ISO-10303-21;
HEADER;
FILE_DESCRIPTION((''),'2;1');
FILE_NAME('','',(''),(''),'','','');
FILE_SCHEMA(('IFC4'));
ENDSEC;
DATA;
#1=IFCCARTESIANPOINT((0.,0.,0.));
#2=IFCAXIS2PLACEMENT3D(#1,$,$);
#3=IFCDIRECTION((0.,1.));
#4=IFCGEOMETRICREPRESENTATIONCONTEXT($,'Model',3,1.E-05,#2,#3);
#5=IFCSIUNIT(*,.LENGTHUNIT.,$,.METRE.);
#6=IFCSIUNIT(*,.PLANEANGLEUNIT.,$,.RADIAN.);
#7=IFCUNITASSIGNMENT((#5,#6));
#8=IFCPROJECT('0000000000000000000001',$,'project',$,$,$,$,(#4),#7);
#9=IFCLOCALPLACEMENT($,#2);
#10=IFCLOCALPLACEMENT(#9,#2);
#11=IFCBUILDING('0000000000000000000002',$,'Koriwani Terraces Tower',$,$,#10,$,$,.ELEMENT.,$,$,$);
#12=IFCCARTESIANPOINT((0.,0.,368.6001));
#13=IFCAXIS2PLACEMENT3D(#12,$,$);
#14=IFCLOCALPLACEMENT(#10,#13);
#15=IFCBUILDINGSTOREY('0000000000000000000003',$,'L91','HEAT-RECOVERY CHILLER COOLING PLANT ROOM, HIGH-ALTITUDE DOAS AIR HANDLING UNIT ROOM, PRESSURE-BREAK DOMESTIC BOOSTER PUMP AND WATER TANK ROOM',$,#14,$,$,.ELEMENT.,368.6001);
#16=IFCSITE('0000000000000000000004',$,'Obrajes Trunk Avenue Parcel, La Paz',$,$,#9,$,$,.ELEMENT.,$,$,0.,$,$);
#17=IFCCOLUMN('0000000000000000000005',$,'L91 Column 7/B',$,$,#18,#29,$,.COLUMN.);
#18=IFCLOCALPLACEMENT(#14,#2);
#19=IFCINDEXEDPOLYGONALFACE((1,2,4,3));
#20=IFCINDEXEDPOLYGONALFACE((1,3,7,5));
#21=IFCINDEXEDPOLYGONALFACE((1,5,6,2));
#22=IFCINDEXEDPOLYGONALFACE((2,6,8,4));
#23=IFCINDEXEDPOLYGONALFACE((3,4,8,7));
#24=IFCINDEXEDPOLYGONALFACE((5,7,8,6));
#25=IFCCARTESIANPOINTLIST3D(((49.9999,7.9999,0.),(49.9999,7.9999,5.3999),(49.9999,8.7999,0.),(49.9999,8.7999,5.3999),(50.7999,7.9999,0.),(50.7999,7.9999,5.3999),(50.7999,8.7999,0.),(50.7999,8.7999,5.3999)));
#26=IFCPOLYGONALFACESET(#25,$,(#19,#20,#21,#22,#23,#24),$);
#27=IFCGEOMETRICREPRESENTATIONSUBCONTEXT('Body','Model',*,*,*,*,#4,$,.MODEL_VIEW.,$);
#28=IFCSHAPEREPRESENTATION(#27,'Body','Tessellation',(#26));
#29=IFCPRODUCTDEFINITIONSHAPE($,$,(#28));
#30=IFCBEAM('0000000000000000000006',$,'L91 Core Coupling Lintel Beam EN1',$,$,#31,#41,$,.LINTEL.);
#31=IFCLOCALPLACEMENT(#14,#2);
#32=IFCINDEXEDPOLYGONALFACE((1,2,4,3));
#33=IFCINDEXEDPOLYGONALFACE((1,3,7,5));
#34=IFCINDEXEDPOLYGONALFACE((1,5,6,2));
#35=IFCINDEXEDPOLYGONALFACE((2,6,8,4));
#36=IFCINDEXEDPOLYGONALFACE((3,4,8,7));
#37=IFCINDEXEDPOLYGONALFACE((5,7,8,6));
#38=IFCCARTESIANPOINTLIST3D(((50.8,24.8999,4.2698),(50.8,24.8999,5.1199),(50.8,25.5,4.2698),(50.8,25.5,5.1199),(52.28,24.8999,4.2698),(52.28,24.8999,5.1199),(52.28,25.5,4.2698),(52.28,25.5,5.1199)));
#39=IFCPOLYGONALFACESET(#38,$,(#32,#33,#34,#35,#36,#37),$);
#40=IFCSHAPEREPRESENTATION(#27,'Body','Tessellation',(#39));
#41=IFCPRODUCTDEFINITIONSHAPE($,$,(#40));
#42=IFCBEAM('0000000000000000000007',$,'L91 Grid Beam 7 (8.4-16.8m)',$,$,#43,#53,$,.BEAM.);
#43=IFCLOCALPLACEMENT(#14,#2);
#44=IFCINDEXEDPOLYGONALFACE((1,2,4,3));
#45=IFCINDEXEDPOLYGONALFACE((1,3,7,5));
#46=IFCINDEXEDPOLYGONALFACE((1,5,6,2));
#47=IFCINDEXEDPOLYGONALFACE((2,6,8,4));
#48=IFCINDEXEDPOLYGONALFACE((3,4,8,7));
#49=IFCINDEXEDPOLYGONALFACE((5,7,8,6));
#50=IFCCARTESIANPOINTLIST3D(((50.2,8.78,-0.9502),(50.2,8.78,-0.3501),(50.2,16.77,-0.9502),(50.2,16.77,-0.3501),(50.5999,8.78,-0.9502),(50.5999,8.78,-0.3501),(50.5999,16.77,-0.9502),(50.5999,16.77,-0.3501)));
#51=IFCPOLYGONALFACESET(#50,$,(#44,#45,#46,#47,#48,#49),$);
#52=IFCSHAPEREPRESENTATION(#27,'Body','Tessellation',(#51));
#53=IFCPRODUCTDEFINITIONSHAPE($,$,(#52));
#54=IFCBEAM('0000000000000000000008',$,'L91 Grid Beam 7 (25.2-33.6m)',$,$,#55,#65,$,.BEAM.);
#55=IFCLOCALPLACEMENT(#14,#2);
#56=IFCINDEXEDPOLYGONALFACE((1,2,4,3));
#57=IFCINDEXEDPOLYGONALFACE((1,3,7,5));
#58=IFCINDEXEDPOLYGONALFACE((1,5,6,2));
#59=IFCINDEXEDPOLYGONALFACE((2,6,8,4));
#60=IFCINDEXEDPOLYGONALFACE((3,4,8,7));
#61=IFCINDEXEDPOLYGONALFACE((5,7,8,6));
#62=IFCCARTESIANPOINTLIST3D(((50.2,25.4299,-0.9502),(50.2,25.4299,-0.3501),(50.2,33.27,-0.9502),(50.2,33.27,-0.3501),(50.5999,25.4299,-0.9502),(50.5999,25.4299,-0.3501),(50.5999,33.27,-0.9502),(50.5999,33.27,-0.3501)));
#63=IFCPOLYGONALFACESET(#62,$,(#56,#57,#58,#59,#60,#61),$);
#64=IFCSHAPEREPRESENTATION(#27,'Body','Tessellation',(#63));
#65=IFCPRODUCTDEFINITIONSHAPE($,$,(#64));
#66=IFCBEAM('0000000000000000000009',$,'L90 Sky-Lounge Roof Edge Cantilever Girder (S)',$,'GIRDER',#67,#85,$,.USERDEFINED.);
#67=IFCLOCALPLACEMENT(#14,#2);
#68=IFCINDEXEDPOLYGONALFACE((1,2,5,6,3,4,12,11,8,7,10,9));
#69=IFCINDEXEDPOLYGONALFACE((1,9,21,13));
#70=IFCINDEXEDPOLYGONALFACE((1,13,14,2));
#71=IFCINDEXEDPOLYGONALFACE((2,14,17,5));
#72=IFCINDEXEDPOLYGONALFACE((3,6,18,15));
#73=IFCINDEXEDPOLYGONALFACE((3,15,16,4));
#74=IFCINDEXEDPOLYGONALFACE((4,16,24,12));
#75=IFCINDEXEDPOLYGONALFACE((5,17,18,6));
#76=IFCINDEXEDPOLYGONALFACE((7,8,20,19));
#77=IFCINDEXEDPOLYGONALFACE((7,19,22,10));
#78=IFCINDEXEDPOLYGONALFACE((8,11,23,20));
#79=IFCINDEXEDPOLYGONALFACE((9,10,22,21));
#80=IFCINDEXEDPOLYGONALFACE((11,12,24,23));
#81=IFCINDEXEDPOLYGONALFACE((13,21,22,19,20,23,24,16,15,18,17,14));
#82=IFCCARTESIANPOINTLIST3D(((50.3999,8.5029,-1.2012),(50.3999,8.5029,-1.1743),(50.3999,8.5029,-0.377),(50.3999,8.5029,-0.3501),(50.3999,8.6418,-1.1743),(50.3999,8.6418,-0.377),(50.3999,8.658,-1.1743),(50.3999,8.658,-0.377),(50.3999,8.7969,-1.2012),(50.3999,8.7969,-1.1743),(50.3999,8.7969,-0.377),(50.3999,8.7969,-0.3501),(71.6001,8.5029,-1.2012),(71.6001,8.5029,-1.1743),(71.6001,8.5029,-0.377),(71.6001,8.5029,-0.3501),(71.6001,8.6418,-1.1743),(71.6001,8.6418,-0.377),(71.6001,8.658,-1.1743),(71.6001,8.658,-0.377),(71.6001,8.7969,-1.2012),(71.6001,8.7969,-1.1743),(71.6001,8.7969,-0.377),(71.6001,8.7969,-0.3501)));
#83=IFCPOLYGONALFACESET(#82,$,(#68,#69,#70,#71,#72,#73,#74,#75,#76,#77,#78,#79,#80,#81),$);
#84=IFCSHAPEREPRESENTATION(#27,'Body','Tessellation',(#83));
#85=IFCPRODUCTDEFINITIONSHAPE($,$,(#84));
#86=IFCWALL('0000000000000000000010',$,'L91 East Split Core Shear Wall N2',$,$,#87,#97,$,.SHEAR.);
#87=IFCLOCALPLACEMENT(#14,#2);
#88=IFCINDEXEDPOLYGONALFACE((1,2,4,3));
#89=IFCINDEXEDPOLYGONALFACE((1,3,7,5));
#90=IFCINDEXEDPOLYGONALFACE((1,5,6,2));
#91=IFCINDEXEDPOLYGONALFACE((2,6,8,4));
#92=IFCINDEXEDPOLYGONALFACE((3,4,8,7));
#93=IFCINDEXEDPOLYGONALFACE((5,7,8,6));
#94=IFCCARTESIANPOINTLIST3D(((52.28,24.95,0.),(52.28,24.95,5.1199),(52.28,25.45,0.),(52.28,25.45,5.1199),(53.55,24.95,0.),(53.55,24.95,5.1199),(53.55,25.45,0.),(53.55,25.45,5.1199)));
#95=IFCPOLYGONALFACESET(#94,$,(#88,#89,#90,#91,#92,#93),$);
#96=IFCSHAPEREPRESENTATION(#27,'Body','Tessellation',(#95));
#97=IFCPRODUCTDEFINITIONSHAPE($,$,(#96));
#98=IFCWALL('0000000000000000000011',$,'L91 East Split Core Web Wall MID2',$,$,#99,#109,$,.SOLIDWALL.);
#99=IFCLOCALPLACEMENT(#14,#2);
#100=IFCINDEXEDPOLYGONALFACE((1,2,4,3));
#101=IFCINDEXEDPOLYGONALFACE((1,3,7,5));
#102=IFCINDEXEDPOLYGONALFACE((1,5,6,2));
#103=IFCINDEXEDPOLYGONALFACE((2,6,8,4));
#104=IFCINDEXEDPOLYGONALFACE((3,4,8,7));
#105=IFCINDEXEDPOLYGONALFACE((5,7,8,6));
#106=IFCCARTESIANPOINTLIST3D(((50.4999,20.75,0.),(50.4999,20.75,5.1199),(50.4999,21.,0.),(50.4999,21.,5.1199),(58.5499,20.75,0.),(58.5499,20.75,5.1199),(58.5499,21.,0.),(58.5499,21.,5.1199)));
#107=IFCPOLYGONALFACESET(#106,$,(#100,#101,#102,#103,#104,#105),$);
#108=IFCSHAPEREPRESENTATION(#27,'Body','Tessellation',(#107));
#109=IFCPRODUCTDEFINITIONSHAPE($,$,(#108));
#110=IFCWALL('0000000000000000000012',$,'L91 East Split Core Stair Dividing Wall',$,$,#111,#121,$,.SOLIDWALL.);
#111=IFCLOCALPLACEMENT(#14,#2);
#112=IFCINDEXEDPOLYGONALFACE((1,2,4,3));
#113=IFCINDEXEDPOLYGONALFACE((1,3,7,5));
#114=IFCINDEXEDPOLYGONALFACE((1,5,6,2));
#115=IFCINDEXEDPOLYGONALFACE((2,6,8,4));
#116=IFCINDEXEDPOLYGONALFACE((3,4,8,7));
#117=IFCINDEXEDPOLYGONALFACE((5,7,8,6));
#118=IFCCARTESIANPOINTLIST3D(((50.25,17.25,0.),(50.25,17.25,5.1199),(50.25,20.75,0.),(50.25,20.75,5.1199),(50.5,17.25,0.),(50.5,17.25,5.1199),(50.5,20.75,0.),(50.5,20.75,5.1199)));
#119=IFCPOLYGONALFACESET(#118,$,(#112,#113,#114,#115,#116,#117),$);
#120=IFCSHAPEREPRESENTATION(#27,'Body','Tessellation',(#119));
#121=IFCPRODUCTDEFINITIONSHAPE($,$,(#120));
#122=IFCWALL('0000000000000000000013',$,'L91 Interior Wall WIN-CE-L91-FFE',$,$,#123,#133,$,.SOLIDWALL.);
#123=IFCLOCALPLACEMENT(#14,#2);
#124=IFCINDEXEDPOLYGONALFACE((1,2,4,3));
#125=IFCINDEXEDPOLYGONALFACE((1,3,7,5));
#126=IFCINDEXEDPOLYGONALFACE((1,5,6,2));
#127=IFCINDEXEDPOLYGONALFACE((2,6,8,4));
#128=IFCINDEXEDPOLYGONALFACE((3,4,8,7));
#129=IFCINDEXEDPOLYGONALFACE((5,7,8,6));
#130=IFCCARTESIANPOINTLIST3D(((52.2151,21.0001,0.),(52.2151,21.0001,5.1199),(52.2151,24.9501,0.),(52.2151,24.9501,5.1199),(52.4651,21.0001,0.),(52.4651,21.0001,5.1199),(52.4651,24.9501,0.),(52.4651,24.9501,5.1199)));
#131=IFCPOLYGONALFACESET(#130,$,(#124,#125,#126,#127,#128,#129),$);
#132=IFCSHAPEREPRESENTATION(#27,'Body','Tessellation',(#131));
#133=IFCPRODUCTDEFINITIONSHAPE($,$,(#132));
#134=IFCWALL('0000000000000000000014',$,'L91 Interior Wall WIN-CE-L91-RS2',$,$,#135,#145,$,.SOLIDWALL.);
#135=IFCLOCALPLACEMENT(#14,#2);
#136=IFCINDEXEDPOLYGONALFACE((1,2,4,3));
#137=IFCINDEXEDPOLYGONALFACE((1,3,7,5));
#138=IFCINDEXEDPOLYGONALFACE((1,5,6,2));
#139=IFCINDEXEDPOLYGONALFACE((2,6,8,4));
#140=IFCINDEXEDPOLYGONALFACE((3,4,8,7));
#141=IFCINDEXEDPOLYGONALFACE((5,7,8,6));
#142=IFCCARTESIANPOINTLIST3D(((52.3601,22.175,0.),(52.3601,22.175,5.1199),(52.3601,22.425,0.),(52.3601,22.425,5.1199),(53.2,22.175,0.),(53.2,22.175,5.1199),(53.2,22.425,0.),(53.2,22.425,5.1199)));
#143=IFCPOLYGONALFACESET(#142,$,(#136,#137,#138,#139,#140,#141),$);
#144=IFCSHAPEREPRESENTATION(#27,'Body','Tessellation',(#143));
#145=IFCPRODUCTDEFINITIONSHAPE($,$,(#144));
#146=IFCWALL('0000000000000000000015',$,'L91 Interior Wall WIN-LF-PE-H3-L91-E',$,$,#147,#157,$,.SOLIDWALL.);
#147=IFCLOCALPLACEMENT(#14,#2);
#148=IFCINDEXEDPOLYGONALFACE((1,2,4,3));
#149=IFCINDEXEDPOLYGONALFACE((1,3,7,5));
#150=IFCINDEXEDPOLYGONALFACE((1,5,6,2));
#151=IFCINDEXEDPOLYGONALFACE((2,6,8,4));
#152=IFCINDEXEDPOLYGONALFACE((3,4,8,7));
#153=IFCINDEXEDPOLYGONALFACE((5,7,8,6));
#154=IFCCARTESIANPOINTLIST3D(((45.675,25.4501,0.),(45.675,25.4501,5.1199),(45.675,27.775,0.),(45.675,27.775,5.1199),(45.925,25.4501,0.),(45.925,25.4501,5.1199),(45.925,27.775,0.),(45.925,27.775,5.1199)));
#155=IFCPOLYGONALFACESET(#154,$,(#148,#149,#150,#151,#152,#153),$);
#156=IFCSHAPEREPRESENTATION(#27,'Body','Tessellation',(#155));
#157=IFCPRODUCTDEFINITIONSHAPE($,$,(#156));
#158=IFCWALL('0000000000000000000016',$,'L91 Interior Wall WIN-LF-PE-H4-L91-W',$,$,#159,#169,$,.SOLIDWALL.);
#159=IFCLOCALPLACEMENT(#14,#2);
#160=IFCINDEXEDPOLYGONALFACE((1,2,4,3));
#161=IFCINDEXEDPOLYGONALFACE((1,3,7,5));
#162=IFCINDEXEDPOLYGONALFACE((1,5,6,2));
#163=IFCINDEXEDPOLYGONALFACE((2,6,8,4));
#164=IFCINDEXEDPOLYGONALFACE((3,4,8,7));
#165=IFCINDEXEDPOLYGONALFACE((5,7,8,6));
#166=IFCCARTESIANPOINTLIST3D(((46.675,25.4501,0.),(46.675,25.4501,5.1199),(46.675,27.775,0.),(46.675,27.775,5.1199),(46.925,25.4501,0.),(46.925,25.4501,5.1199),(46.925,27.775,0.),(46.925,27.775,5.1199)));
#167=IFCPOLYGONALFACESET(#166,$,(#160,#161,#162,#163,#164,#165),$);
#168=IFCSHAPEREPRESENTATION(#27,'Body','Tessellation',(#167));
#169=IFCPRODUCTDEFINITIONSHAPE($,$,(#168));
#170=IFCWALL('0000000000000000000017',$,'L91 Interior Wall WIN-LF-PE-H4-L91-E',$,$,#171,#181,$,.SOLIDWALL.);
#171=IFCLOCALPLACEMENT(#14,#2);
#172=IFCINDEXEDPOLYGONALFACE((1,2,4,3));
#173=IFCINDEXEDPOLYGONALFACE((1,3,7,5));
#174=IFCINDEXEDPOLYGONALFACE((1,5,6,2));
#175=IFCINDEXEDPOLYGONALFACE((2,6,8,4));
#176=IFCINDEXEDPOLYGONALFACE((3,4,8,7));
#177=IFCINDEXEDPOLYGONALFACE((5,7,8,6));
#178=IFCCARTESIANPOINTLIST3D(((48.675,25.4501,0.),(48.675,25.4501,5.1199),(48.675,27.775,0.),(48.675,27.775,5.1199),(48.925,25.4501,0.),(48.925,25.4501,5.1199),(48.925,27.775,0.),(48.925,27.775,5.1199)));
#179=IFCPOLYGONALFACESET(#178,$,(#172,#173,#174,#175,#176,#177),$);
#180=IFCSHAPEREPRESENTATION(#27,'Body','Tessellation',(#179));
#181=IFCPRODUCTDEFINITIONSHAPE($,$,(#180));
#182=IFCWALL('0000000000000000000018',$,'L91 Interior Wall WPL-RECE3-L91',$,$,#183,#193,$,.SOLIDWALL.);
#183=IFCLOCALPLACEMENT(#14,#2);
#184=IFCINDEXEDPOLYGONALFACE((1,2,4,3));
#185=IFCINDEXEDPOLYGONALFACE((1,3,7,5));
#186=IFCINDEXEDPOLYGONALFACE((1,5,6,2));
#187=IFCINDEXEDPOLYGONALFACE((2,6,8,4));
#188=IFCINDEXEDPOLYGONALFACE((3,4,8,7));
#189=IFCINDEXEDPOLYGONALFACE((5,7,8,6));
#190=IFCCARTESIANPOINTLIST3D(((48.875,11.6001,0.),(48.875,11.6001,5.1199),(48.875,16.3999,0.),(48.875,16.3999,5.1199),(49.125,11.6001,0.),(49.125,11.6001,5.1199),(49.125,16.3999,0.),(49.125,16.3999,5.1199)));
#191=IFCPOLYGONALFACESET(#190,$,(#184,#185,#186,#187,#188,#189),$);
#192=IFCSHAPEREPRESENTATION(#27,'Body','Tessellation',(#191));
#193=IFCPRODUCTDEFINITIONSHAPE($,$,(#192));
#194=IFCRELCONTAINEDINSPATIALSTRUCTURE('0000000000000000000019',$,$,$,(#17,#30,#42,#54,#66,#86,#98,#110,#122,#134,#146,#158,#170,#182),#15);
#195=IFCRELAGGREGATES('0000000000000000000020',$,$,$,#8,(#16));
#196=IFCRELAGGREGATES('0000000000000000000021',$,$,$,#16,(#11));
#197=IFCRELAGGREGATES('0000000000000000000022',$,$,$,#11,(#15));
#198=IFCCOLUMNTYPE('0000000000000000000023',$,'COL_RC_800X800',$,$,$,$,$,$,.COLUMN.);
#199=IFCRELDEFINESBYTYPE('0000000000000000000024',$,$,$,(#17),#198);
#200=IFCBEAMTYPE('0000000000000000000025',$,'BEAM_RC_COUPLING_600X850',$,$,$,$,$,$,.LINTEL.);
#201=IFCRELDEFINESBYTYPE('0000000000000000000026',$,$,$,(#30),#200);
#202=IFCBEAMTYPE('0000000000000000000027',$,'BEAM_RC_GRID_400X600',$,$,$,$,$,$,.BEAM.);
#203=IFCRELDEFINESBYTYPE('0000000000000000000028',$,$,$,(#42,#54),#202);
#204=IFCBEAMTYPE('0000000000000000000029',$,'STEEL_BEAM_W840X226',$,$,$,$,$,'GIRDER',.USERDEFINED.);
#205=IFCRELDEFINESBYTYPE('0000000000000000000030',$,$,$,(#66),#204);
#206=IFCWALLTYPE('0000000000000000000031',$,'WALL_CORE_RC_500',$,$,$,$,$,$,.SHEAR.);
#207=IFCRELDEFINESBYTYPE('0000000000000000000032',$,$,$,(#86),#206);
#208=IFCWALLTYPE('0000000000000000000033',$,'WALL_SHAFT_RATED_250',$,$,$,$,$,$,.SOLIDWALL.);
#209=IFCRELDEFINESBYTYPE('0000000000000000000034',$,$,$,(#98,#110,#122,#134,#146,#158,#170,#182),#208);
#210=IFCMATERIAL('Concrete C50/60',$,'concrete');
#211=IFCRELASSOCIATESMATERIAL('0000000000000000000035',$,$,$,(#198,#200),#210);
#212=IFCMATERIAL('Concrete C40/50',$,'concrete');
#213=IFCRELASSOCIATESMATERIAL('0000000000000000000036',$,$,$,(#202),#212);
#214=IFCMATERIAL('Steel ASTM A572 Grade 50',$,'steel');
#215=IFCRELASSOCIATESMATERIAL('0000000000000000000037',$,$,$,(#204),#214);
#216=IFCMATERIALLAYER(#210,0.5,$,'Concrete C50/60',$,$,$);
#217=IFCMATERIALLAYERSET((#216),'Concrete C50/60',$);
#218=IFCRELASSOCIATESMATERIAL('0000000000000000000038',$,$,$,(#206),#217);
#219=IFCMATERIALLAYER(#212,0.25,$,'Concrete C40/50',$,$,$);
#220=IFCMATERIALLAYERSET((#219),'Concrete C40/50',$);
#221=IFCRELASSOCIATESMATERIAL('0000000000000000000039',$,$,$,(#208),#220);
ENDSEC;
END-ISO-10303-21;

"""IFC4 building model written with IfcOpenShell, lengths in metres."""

from ifc_helpers import new_model, si_unit, direction, frame, frame_2d, origin, origin_2d, place, context, subcontext, project, spatial, rectangle, i_section, extrude, material, layer, layer_set, material_profile, profile_set, type_object, element, save


model = new_model("IFC4")

# Units and contexts
model_context = context("Model", 3, precision=1e-05, world=origin(), true_north=direction((0.0, 1.0)))
body_context = subcontext(model_context, "Body", "Model", "MODEL_VIEW")
ifc_project = project(units=[si_unit("LENGTHUNIT", "METRE"), si_unit("PLANEANGLEUNIT", "RADIAN")], contexts=[model_context])

# Site, building, storey
site_placement = place(None, origin())
site = spatial("IfcSite", under=ifc_project, at=site_placement, Name="Obrajes Trunk Avenue Parcel, La Paz", CompositionType="ELEMENT", RefElevation=0.0)
building_placement = place(site_placement, origin())
building = spatial("IfcBuilding", under=site, at=building_placement, Name="Koriwani Terraces Tower", CompositionType="ELEMENT")
storey_placement = place(building_placement, frame((0.0, 0.0, 368.6001)))
storey = spatial("IfcBuildingStorey", under=building, at=storey_placement, Name="L91", Description="HEAT-RECOVERY CHILLER COOLING PLANT ROOM, HIGH-ALTITUDE DOAS AIR HANDLING UNIT ROOM, PRESSURE-BREAK DOMESTIC BOOSTER PUMP AND WATER TANK ROOM", CompositionType="ELEMENT", Elevation=368.6001)

# Column
ifc_material_1 = material(Name="Concrete C50/60", Category="concrete")
ifc_material_profile_1 = material_profile(ifc_material_1, rectangle(XDim=0.8, YDim=0.8, at=origin_2d()), Name="Concrete C50/60", Category="LoadBearing")
ifc_profile_set_1 = profile_set([ifc_material_profile_1], Name="Concrete C50/60")
column_type = type_object("IfcColumnType", Name="COL_RC_800X800", PredefinedType="COLUMN", material=ifc_profile_set_1)
column_placement = place(storey_placement, frame((50.3999, 8.3999, 0.0), z_axis=(0.0, 0.0, 1.0), x_axis=(1.0, 0.0, 0.0)))
element("IfcColumn", 1, at=column_placement, inside=storey, type_object=column_type, Name="L91 Column 7/B", PredefinedType="COLUMN", context=body_context, shape_type="SweptSolid", body=[
    extrude(rectangle(XDim=0.8, YDim=0.8, at=origin_2d()), origin(), (0.0, 0.0, 1.0), 5.3999),
])

# Beams
ifc_material_profile_2 = material_profile(ifc_material_1, rectangle(XDim=0.6001, YDim=0.8501, at=origin_2d()), Name="Concrete C50/60", Category="LoadBearing")
ifc_profile_set_2 = profile_set([ifc_material_profile_2], Name="Concrete C50/60")
beam_type_1 = type_object("IfcBeamType", Name="BEAM_RC_COUPLING_600X850", PredefinedType="LINTEL", material=ifc_profile_set_2)
beam_1_placement = place(storey_placement, frame((50.8, 25.2, 4.6948), z_axis=(1.0, 0.0, 0.0), x_axis=(0.0, 1.0, 0.0)))
element("IfcBeam", 2, at=beam_1_placement, inside=storey, type_object=beam_type_1, Name="L91 Core Coupling Lintel Beam EN1", PredefinedType="LINTEL", context=body_context, shape_type="SweptSolid", body=[
    extrude(rectangle(XDim=0.6001, YDim=0.8501, at=origin_2d()), origin(), (0.0, 0.0, 1.0), 1.48),
])
ifc_material_2 = material(Name="Concrete C40/50", Category="concrete")
ifc_material_profile_3 = material_profile(ifc_material_2, rectangle(XDim=0.3999, YDim=0.6001, at=origin_2d()), Name="Concrete C40/50", Category="LoadBearing")
ifc_profile_set_3 = profile_set([ifc_material_profile_3], Name="Concrete C40/50")
beam_type_2 = type_object("IfcBeamType", Name="BEAM_RC_GRID_400X600", PredefinedType="BEAM", material=ifc_profile_set_3)
beam_2_placement = place(storey_placement, frame((50.3999, 8.78, -0.6501), z_axis=(0.0, 1.0, 0.0), x_axis=(-1.0, 0.0, 0.0)))
element("IfcBeam", 3, at=beam_2_placement, inside=storey, type_object=beam_type_2, Name="L91 Grid Beam 7 (8.4-16.8m)", PredefinedType="BEAM", context=body_context, shape_type="SweptSolid", body=[
    extrude(rectangle(XDim=0.3999, YDim=0.6001, at=origin_2d()), origin(), (0.0, 0.0, 1.0), 7.99),
])
beam_3_placement = place(storey_placement, frame((50.3999, 25.4299, -0.6501), z_axis=(0.0, 1.0, 0.0), x_axis=(-1.0, 0.0, 0.0)))
element("IfcBeam", 4, at=beam_3_placement, inside=storey, type_object=beam_type_2, Name="L91 Grid Beam 7 (25.2-33.6m)", PredefinedType="BEAM", context=body_context, shape_type="SweptSolid", body=[
    extrude(rectangle(XDim=0.3999, YDim=0.6001, at=origin_2d()), origin(), (0.0, 0.0, 1.0), 7.8401),
])
ifc_material_3 = material(Name="Steel ASTM A572 Grade 50", Category="steel")
ifc_material_profile_4 = material_profile(ifc_material_3, i_section(OverallWidth=0.2939, OverallDepth=0.8511, WebThickness=0.0161, FlangeThickness=0.0269, at=origin_2d()), Name="Steel ASTM A572 Grade 50", Category="LoadBearing")
ifc_profile_set_4 = profile_set([ifc_material_profile_4], Name="Steel ASTM A572 Grade 50")
beam_type_3 = type_object("IfcBeamType", Name="STEEL_BEAM_W840X226", ElementType="GIRDER", PredefinedType="USERDEFINED", material=ifc_profile_set_4)
beam_4_placement = place(storey_placement, frame((50.3999, 8.6499, -0.7756), z_axis=(1.0, 0.0, 0.0), x_axis=(0.0, 1.0, 0.0)))
element("IfcBeam", 5, at=beam_4_placement, inside=storey, type_object=beam_type_3, Name="L90 Sky-Lounge Roof Edge Cantilever Girder (S)", ObjectType="GIRDER", PredefinedType="USERDEFINED", context=body_context, shape_type="SweptSolid", body=[
    extrude(i_section(OverallWidth=0.2939, OverallDepth=0.8511, WebThickness=0.0161, FlangeThickness=0.0269, at=origin_2d()), origin(), (0.0, 0.0, 1.0), 21.2002),
])

# Walls
ifc_layer_1 = layer(ifc_material_1, 0.5, Name="Concrete C50/60")
ifc_layer_set_1 = layer_set([ifc_layer_1], Name="Concrete C50/60")
wall_type_1 = type_object("IfcWallType", Name="WALL_CORE_RC_500", PredefinedType="SHEAR", material=ifc_layer_set_1)
wall_1_placement = place(storey_placement, frame((52.28, 25.2, 0.0), z_axis=(0.0, 0.0, 1.0), x_axis=(1.0, 0.0, 0.0)))
element("IfcWall", 6, at=wall_1_placement, inside=storey, type_object=wall_type_1, Name="L91 East Split Core Shear Wall N2", PredefinedType="SHEAR", context=body_context, shape_type="SweptSolid", body=[
    extrude(rectangle(XDim=1.27, YDim=0.5, at=frame_2d((0.635, 0.0))), origin(), (0.0, 0.0, 1.0), 5.1199),
])
ifc_layer_2 = layer(ifc_material_2, 0.25, Name="Concrete C40/50")
ifc_layer_set_2 = layer_set([ifc_layer_2], Name="Concrete C40/50")
wall_type_2 = type_object("IfcWallType", Name="WALL_SHAFT_RATED_250", PredefinedType="SOLIDWALL", material=ifc_layer_set_2)
wall_2_placement = place(storey_placement, frame((50.5, 20.875, 0.0), z_axis=(0.0, 0.0, 1.0), x_axis=(1.0, 0.0, 0.0)))
element("IfcWall", 7, at=wall_2_placement, inside=storey, type_object=wall_type_2, Name="L91 East Split Core Web Wall MID2", PredefinedType="SOLIDWALL", context=body_context, shape_type="SweptSolid", body=[
    extrude(rectangle(XDim=8.05, YDim=0.25, at=frame_2d((4.0249, 0.0))), origin(), (0.0, 0.0, 1.0), 5.1199),
])
wall_3_placement = place(storey_placement, frame((50.375, 17.25, 0.0), z_axis=(0.0, 0.0, 1.0), x_axis=(0.0, 1.0, 0.0)))
element("IfcWall", 8, at=wall_3_placement, inside=storey, type_object=wall_type_2, Name="L91 East Split Core Stair Dividing Wall", PredefinedType="SOLIDWALL", context=body_context, shape_type="SweptSolid", body=[
    extrude(rectangle(XDim=3.5, YDim=0.25, at=frame_2d((1.75, 0.0))), origin(), (0.0, 0.0, 1.0), 5.1199),
])

# Walls
wall_4_placement = place(storey_placement, frame((52.3401, 21.0, 0.0), z_axis=(0.0, 0.0, 1.0), x_axis=(0.0, 1.0, 0.0)))
element("IfcWall", 9, at=wall_4_placement, inside=storey, type_object=wall_type_2, Name="L91 Interior Wall WIN-CE-L91-FFE", PredefinedType="SOLIDWALL", context=body_context, shape_type="SweptSolid", body=[
    extrude(rectangle(XDim=3.95, YDim=0.25, at=frame_2d((1.9751, 0.0))), origin(), (0.0, 0.0, 1.0), 5.1199),
])
wall_5_placement = place(storey_placement, frame((52.3601, 22.3, 0.0), z_axis=(0.0, 0.0, 1.0), x_axis=(1.0, 0.0, 0.0)))
element("IfcWall", 10, at=wall_5_placement, inside=storey, type_object=wall_type_2, Name="L91 Interior Wall WIN-CE-L91-RS2", PredefinedType="SOLIDWALL", context=body_context, shape_type="SweptSolid", body=[
    extrude(rectangle(XDim=0.8398, YDim=0.25, at=frame_2d((0.4199, 0.0))), origin(), (0.0, 0.0, 1.0), 5.1199),
])
for number, where, z_axis, x_axis, name in (
    (11, (45.8, 25.45, 0.0), (0.0, 0.0, 1.0), (0.0, 1.0, 0.0), "L91 Interior Wall WIN-LF-PE-H3-L91-E"),
    (12, (46.8, 25.45, 0.0), (0.0, 0.0, 1.0), (0.0, 1.0, 0.0), "L91 Interior Wall WIN-LF-PE-H4-L91-W"),
    (13, (48.8, 25.45, 0.0), (0.0, 0.0, 1.0), (0.0, 1.0, 0.0), "L91 Interior Wall WIN-LF-PE-H4-L91-E"),
):
    element("IfcWall", number, at=place(storey_placement, frame(where, z_axis=z_axis, x_axis=x_axis)), inside=storey, type_object=wall_type_2, Name=name, PredefinedType="SOLIDWALL", context=body_context, shape_type="SweptSolid", body=[
        extrude(rectangle(XDim=2.325, YDim=0.25, at=frame_2d((1.1626, 0.0))), origin(), (0.0, 0.0, 1.0), 5.1199),
    ])
wall_6_placement = place(storey_placement, frame((49.0, 11.6001, 0.0), z_axis=(0.0, 0.0, 1.0), x_axis=(0.0, 1.0, 0.0)))
element("IfcWall", 14, at=wall_6_placement, inside=storey, type_object=wall_type_2, Name="L91 Interior Wall WPL-RECE3-L91", PredefinedType="SOLIDWALL", context=body_context, shape_type="SweptSolid", body=[
    extrude(rectangle(XDim=4.7998, YDim=0.25, at=frame_2d((2.3999, 0.0))), origin(), (0.0, 0.0, 1.0), 5.1199),
])

save(model, "model.ifc")
